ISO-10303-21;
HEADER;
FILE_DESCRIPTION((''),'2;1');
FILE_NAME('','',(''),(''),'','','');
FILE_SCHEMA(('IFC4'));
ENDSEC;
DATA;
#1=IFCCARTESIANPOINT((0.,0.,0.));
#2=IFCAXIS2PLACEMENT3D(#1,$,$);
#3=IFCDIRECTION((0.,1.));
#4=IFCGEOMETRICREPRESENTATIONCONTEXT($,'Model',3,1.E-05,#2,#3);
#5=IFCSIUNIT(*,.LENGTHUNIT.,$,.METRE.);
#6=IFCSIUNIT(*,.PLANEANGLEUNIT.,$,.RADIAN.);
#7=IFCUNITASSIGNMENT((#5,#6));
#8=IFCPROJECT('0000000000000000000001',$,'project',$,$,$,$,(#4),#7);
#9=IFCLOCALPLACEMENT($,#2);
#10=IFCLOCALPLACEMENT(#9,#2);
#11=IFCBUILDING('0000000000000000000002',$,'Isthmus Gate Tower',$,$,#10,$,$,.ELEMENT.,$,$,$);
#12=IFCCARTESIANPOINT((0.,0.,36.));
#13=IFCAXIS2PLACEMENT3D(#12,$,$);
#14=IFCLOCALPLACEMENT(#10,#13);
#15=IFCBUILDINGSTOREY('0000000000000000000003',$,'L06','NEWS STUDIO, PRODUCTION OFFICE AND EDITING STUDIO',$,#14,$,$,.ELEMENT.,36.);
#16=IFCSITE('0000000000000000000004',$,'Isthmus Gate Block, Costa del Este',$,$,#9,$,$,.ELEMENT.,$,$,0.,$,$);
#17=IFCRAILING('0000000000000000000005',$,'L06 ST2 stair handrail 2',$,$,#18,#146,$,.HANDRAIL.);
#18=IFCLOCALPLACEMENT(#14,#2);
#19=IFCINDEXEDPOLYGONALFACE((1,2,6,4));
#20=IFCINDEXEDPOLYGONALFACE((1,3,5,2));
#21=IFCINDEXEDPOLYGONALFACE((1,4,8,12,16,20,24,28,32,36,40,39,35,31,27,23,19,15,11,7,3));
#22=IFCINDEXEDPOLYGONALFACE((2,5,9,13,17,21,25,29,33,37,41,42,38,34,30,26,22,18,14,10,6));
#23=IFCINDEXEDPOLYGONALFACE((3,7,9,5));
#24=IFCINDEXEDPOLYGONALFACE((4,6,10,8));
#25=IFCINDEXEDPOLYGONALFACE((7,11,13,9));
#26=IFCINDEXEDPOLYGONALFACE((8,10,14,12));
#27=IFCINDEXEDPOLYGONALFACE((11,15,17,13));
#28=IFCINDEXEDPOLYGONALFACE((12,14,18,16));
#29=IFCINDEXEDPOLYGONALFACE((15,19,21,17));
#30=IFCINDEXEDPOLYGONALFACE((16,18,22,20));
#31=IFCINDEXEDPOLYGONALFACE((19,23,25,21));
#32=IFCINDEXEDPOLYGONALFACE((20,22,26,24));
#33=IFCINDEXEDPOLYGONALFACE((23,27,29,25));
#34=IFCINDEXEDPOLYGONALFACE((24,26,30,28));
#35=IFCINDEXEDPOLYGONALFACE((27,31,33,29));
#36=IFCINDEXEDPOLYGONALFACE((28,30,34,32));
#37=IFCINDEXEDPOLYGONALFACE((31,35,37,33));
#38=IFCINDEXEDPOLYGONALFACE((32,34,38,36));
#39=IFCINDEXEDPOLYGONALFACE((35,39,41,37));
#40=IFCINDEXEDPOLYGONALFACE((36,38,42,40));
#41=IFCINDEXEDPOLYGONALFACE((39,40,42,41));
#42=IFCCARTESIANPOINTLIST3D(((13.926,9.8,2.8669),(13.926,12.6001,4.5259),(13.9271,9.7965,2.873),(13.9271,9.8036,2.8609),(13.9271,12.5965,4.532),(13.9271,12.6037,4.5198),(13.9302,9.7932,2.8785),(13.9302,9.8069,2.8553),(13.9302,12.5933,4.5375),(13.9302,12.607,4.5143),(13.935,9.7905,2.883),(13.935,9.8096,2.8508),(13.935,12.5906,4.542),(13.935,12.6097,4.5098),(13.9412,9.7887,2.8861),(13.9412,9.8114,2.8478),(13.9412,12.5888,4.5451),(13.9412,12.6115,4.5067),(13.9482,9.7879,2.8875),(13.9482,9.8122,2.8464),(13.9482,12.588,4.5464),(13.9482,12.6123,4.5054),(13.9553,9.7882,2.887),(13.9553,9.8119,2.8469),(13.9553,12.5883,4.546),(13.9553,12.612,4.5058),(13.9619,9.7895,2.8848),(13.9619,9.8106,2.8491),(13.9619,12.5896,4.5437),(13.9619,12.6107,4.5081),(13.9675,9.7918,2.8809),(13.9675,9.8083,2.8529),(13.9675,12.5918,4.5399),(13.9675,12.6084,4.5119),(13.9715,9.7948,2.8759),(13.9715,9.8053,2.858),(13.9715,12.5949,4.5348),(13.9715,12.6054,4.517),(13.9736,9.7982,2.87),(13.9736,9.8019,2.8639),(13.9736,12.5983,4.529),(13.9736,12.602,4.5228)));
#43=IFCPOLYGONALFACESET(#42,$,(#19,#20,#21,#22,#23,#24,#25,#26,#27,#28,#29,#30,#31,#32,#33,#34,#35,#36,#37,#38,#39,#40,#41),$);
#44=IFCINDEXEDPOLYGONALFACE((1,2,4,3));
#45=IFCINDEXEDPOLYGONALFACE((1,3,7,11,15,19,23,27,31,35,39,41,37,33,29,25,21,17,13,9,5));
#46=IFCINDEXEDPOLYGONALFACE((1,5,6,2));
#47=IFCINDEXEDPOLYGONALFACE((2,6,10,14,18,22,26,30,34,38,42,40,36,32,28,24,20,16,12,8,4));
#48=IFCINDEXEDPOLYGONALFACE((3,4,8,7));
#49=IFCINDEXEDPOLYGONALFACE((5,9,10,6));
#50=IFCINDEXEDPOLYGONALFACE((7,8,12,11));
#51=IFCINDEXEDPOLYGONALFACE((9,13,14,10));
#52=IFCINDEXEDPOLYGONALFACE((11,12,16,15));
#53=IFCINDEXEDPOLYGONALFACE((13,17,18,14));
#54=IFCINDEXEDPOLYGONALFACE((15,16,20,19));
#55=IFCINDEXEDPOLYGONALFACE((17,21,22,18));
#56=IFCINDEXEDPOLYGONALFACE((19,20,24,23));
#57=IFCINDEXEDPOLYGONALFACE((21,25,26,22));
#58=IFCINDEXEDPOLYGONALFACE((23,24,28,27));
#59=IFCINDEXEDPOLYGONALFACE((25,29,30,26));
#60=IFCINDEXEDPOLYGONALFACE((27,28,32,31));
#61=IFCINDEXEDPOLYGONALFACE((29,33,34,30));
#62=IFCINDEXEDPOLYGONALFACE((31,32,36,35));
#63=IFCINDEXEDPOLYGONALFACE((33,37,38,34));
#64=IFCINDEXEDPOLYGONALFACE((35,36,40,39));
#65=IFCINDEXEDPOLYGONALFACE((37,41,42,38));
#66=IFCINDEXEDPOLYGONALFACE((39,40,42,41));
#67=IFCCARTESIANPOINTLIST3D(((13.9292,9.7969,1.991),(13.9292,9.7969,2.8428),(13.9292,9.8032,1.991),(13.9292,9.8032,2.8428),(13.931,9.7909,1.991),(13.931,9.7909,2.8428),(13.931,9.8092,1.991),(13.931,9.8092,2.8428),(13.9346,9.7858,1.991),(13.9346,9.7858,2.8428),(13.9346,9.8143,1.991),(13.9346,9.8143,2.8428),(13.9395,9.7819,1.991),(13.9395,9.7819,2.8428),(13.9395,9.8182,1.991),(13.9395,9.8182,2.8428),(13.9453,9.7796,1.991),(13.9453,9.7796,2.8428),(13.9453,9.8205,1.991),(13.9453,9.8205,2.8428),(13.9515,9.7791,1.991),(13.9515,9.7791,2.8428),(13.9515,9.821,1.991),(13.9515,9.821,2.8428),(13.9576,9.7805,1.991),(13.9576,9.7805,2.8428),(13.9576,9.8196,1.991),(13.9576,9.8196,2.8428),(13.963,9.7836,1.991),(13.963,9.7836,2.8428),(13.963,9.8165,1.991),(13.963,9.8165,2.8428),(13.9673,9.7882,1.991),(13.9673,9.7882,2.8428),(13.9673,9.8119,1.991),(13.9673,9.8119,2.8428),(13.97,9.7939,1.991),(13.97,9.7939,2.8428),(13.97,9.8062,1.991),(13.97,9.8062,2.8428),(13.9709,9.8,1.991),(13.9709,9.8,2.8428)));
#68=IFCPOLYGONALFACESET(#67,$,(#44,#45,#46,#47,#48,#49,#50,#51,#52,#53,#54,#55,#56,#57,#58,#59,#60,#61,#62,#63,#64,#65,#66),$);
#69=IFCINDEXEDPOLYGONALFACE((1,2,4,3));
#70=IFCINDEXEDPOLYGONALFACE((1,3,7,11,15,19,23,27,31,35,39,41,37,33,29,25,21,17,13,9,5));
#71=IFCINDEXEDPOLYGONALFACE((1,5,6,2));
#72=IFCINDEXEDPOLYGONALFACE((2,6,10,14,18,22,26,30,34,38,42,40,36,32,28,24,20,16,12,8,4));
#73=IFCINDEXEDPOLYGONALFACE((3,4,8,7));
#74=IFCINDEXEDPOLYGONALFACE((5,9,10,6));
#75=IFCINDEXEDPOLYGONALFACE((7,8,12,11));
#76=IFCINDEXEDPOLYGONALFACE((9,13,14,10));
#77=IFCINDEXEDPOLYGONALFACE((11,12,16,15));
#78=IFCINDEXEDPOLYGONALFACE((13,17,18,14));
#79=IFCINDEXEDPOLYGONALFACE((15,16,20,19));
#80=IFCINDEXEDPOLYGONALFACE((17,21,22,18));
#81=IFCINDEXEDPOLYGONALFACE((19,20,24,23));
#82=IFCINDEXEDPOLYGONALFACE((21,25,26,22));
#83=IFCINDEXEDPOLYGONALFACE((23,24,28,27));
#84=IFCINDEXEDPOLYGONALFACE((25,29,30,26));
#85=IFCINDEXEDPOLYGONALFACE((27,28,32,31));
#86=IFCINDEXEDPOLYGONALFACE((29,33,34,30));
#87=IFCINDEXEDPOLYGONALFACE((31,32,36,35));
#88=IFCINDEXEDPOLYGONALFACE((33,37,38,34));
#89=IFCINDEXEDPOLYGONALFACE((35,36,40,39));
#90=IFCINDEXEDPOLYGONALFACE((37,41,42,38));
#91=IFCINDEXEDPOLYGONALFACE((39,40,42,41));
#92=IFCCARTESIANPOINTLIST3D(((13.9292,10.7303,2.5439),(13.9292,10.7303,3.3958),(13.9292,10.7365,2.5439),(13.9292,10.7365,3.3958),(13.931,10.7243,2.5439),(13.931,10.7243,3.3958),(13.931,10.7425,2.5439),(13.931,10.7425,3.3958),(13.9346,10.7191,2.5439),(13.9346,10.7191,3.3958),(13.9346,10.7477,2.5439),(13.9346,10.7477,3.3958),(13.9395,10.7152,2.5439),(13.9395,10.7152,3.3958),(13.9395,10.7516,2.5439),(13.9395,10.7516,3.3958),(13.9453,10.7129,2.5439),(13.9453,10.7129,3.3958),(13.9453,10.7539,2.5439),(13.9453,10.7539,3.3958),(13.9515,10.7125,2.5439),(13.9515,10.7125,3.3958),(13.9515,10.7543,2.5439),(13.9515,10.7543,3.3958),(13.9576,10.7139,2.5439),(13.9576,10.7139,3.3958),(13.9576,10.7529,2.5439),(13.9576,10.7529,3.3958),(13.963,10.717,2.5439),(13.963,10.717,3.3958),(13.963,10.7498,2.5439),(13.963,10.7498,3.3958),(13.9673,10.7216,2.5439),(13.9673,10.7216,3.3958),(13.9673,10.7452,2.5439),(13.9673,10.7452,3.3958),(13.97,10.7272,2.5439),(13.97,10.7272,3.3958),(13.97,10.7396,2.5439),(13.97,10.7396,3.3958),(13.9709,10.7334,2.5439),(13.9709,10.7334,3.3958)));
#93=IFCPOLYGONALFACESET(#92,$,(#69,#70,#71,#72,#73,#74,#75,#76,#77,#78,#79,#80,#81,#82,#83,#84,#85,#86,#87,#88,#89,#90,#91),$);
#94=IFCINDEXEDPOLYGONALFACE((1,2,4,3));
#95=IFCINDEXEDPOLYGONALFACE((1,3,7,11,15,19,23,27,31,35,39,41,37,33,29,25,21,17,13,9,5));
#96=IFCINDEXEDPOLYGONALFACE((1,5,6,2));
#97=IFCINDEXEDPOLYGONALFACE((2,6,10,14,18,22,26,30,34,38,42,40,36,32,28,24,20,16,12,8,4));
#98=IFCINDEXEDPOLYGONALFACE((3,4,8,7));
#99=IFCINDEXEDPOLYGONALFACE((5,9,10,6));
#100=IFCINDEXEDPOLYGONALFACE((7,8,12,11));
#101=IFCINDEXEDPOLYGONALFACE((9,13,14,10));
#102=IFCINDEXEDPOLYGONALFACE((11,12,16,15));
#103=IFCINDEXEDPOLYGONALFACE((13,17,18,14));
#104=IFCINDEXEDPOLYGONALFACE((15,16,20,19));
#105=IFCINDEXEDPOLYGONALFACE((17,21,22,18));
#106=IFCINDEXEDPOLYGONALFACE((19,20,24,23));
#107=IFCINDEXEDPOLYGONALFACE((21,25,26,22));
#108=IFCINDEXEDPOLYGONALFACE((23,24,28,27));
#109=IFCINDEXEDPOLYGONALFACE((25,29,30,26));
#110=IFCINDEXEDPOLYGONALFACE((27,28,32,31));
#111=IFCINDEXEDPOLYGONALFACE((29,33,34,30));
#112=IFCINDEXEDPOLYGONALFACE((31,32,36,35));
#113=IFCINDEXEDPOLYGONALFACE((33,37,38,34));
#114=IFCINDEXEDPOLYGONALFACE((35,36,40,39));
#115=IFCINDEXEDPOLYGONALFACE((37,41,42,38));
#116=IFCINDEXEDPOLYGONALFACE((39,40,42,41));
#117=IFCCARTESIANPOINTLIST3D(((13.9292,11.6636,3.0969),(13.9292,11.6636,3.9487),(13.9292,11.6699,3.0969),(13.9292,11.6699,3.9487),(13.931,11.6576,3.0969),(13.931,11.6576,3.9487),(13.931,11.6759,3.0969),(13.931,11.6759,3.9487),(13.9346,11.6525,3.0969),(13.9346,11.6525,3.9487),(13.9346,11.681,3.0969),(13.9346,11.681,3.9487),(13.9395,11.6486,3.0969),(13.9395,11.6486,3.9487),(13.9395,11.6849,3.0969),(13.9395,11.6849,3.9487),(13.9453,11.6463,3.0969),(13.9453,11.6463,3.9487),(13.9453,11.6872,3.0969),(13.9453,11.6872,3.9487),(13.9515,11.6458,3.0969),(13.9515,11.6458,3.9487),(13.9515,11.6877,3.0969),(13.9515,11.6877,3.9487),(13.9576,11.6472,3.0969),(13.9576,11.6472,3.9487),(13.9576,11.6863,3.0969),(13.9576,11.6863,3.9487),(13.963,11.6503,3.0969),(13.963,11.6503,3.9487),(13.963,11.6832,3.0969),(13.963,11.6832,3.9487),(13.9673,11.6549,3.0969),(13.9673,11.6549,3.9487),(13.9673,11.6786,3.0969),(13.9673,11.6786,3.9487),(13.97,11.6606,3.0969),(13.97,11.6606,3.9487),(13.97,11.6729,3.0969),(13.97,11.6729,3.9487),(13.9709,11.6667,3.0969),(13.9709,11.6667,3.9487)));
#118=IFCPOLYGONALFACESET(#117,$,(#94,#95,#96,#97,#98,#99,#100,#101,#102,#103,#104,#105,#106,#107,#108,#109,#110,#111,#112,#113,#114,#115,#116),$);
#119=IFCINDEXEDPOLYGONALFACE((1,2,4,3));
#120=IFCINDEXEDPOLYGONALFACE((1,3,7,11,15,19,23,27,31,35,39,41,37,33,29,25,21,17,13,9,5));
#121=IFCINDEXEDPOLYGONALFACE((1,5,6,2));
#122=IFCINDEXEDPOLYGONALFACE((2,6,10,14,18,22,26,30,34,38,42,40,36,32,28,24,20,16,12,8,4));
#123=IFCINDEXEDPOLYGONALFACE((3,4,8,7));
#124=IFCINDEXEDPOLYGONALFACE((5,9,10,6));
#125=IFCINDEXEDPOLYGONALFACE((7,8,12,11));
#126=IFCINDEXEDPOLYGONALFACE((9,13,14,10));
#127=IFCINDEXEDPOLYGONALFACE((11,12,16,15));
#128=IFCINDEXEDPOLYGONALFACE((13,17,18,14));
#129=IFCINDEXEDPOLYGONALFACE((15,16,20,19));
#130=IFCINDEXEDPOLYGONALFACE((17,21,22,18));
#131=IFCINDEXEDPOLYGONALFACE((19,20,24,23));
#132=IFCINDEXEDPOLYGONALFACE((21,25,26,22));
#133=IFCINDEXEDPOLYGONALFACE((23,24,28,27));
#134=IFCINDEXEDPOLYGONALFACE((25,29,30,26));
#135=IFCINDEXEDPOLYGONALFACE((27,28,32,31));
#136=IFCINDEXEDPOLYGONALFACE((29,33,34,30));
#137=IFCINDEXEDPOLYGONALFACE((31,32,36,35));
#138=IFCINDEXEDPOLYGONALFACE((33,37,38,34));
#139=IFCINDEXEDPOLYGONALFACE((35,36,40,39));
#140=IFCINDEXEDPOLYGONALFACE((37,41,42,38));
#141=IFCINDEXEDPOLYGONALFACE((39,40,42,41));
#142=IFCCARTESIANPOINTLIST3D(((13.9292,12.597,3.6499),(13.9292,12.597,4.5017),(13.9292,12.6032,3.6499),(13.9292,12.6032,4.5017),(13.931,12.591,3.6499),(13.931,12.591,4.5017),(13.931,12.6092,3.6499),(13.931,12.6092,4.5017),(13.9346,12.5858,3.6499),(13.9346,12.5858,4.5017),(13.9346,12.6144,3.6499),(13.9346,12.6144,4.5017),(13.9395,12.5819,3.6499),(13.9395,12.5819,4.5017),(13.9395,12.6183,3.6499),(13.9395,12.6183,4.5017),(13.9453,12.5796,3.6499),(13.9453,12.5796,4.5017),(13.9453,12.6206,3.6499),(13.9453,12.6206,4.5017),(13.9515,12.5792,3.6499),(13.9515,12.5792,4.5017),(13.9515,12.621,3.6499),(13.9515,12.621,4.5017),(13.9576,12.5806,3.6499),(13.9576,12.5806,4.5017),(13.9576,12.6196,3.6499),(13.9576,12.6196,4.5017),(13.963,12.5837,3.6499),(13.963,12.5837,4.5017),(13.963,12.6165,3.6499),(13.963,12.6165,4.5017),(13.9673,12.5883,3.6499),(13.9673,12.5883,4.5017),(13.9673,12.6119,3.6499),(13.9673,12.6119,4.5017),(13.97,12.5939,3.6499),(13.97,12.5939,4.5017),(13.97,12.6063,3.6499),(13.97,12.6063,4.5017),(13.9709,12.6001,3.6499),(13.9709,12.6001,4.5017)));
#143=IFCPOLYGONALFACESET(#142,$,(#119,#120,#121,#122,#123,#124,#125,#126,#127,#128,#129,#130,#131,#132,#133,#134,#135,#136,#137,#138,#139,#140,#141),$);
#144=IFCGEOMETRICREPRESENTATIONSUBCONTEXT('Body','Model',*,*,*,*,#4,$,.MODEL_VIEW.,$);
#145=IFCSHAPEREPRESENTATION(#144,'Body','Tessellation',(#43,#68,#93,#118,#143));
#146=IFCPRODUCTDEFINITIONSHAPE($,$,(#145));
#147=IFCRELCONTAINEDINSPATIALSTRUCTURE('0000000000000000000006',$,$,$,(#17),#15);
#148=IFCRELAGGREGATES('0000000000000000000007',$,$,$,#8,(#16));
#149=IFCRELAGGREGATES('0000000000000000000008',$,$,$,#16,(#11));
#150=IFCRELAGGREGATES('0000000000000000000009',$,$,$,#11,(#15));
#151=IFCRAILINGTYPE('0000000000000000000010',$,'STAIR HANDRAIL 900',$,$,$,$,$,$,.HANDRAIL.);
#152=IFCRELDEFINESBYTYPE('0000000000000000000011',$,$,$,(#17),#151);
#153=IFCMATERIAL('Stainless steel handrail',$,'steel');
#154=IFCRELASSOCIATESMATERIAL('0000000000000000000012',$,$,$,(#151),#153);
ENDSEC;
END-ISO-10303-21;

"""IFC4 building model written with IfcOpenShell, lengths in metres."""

from ifc_helpers import new_model, si_unit, direction, frame, origin, origin_2d, place, context, subcontext, project, spatial, circle, extrude, material, type_object, element, save


model = new_model("IFC4")

# Units and contexts
model_context = context("Model", 3, precision=1e-05, world=origin(), true_north=direction((0.0, 1.0)))
body_context = subcontext(model_context, "Body", "Model", "MODEL_VIEW")
ifc_project = project(units=[si_unit("LENGTHUNIT", "METRE"), si_unit("PLANEANGLEUNIT", "RADIAN")], contexts=[model_context])

# Site, building, storey
site_placement = place(None, origin())
site = spatial("IfcSite", under=ifc_project, at=site_placement, Name="Isthmus Gate Block, Costa del Este", CompositionType="ELEMENT", RefElevation=0.0)
building_placement = place(site_placement, origin())
building = spatial("IfcBuilding", under=site, at=building_placement, Name="Isthmus Gate Tower", CompositionType="ELEMENT")
storey_placement = place(building_placement, frame((0.0, 0.0, 36.0)))
storey = spatial("IfcBuildingStorey", under=building, at=storey_placement, Name="L06", Description="NEWS STUDIO, PRODUCTION OFFICE AND EDITING STUDIO", CompositionType="ELEMENT", Elevation=36.0)

# Railing
ifc_material_1 = material(Name="Stainless steel handrail", Category="steel")
railing_type_1 = type_object("IfcRailingType", Name="STAIR HANDRAIL 900", PredefinedType="HANDRAIL", material=ifc_material_1)
for number, where, name in (
    (1, (13.95, 9.8, 1.991), "L06 ST2 stair handrail 2"),
):
    element("IfcRailing", number, at=place(storey_placement, frame(where)), inside=storey, type_object=railing_type_1, Name=name, PredefinedType="HANDRAIL", context=body_context, shape_type="SweptSolid", body=[
        extrude(circle(Radius=0.0239, at=origin_2d()), frame((0.0, 0.0, 0.876), z_axis=(0.0, 0.860339, 0.509722), x_axis=(-1.0, 0.0, 0.0)), (0.0, 0.0, 1.0), 3.2546),
        extrude(circle(Radius=0.021, at=origin_2d()), origin(), (0.0, 0.0, 1.0), 0.8518),
        extrude(circle(Radius=0.021, at=origin_2d()), frame((0.0, 0.9333, 0.553)), (0.0, 0.0, 1.0), 0.8518),
        extrude(circle(Radius=0.021, at=origin_2d()), frame((0.0, 1.8667, 1.106)), (0.0, 0.0, 1.0), 0.8518),
        extrude(circle(Radius=0.021, at=origin_2d()), frame((0.0, 2.8, 1.6589)), (0.0, 0.0, 1.0), 0.8518),
    ])

save(model, "model.ifc")
